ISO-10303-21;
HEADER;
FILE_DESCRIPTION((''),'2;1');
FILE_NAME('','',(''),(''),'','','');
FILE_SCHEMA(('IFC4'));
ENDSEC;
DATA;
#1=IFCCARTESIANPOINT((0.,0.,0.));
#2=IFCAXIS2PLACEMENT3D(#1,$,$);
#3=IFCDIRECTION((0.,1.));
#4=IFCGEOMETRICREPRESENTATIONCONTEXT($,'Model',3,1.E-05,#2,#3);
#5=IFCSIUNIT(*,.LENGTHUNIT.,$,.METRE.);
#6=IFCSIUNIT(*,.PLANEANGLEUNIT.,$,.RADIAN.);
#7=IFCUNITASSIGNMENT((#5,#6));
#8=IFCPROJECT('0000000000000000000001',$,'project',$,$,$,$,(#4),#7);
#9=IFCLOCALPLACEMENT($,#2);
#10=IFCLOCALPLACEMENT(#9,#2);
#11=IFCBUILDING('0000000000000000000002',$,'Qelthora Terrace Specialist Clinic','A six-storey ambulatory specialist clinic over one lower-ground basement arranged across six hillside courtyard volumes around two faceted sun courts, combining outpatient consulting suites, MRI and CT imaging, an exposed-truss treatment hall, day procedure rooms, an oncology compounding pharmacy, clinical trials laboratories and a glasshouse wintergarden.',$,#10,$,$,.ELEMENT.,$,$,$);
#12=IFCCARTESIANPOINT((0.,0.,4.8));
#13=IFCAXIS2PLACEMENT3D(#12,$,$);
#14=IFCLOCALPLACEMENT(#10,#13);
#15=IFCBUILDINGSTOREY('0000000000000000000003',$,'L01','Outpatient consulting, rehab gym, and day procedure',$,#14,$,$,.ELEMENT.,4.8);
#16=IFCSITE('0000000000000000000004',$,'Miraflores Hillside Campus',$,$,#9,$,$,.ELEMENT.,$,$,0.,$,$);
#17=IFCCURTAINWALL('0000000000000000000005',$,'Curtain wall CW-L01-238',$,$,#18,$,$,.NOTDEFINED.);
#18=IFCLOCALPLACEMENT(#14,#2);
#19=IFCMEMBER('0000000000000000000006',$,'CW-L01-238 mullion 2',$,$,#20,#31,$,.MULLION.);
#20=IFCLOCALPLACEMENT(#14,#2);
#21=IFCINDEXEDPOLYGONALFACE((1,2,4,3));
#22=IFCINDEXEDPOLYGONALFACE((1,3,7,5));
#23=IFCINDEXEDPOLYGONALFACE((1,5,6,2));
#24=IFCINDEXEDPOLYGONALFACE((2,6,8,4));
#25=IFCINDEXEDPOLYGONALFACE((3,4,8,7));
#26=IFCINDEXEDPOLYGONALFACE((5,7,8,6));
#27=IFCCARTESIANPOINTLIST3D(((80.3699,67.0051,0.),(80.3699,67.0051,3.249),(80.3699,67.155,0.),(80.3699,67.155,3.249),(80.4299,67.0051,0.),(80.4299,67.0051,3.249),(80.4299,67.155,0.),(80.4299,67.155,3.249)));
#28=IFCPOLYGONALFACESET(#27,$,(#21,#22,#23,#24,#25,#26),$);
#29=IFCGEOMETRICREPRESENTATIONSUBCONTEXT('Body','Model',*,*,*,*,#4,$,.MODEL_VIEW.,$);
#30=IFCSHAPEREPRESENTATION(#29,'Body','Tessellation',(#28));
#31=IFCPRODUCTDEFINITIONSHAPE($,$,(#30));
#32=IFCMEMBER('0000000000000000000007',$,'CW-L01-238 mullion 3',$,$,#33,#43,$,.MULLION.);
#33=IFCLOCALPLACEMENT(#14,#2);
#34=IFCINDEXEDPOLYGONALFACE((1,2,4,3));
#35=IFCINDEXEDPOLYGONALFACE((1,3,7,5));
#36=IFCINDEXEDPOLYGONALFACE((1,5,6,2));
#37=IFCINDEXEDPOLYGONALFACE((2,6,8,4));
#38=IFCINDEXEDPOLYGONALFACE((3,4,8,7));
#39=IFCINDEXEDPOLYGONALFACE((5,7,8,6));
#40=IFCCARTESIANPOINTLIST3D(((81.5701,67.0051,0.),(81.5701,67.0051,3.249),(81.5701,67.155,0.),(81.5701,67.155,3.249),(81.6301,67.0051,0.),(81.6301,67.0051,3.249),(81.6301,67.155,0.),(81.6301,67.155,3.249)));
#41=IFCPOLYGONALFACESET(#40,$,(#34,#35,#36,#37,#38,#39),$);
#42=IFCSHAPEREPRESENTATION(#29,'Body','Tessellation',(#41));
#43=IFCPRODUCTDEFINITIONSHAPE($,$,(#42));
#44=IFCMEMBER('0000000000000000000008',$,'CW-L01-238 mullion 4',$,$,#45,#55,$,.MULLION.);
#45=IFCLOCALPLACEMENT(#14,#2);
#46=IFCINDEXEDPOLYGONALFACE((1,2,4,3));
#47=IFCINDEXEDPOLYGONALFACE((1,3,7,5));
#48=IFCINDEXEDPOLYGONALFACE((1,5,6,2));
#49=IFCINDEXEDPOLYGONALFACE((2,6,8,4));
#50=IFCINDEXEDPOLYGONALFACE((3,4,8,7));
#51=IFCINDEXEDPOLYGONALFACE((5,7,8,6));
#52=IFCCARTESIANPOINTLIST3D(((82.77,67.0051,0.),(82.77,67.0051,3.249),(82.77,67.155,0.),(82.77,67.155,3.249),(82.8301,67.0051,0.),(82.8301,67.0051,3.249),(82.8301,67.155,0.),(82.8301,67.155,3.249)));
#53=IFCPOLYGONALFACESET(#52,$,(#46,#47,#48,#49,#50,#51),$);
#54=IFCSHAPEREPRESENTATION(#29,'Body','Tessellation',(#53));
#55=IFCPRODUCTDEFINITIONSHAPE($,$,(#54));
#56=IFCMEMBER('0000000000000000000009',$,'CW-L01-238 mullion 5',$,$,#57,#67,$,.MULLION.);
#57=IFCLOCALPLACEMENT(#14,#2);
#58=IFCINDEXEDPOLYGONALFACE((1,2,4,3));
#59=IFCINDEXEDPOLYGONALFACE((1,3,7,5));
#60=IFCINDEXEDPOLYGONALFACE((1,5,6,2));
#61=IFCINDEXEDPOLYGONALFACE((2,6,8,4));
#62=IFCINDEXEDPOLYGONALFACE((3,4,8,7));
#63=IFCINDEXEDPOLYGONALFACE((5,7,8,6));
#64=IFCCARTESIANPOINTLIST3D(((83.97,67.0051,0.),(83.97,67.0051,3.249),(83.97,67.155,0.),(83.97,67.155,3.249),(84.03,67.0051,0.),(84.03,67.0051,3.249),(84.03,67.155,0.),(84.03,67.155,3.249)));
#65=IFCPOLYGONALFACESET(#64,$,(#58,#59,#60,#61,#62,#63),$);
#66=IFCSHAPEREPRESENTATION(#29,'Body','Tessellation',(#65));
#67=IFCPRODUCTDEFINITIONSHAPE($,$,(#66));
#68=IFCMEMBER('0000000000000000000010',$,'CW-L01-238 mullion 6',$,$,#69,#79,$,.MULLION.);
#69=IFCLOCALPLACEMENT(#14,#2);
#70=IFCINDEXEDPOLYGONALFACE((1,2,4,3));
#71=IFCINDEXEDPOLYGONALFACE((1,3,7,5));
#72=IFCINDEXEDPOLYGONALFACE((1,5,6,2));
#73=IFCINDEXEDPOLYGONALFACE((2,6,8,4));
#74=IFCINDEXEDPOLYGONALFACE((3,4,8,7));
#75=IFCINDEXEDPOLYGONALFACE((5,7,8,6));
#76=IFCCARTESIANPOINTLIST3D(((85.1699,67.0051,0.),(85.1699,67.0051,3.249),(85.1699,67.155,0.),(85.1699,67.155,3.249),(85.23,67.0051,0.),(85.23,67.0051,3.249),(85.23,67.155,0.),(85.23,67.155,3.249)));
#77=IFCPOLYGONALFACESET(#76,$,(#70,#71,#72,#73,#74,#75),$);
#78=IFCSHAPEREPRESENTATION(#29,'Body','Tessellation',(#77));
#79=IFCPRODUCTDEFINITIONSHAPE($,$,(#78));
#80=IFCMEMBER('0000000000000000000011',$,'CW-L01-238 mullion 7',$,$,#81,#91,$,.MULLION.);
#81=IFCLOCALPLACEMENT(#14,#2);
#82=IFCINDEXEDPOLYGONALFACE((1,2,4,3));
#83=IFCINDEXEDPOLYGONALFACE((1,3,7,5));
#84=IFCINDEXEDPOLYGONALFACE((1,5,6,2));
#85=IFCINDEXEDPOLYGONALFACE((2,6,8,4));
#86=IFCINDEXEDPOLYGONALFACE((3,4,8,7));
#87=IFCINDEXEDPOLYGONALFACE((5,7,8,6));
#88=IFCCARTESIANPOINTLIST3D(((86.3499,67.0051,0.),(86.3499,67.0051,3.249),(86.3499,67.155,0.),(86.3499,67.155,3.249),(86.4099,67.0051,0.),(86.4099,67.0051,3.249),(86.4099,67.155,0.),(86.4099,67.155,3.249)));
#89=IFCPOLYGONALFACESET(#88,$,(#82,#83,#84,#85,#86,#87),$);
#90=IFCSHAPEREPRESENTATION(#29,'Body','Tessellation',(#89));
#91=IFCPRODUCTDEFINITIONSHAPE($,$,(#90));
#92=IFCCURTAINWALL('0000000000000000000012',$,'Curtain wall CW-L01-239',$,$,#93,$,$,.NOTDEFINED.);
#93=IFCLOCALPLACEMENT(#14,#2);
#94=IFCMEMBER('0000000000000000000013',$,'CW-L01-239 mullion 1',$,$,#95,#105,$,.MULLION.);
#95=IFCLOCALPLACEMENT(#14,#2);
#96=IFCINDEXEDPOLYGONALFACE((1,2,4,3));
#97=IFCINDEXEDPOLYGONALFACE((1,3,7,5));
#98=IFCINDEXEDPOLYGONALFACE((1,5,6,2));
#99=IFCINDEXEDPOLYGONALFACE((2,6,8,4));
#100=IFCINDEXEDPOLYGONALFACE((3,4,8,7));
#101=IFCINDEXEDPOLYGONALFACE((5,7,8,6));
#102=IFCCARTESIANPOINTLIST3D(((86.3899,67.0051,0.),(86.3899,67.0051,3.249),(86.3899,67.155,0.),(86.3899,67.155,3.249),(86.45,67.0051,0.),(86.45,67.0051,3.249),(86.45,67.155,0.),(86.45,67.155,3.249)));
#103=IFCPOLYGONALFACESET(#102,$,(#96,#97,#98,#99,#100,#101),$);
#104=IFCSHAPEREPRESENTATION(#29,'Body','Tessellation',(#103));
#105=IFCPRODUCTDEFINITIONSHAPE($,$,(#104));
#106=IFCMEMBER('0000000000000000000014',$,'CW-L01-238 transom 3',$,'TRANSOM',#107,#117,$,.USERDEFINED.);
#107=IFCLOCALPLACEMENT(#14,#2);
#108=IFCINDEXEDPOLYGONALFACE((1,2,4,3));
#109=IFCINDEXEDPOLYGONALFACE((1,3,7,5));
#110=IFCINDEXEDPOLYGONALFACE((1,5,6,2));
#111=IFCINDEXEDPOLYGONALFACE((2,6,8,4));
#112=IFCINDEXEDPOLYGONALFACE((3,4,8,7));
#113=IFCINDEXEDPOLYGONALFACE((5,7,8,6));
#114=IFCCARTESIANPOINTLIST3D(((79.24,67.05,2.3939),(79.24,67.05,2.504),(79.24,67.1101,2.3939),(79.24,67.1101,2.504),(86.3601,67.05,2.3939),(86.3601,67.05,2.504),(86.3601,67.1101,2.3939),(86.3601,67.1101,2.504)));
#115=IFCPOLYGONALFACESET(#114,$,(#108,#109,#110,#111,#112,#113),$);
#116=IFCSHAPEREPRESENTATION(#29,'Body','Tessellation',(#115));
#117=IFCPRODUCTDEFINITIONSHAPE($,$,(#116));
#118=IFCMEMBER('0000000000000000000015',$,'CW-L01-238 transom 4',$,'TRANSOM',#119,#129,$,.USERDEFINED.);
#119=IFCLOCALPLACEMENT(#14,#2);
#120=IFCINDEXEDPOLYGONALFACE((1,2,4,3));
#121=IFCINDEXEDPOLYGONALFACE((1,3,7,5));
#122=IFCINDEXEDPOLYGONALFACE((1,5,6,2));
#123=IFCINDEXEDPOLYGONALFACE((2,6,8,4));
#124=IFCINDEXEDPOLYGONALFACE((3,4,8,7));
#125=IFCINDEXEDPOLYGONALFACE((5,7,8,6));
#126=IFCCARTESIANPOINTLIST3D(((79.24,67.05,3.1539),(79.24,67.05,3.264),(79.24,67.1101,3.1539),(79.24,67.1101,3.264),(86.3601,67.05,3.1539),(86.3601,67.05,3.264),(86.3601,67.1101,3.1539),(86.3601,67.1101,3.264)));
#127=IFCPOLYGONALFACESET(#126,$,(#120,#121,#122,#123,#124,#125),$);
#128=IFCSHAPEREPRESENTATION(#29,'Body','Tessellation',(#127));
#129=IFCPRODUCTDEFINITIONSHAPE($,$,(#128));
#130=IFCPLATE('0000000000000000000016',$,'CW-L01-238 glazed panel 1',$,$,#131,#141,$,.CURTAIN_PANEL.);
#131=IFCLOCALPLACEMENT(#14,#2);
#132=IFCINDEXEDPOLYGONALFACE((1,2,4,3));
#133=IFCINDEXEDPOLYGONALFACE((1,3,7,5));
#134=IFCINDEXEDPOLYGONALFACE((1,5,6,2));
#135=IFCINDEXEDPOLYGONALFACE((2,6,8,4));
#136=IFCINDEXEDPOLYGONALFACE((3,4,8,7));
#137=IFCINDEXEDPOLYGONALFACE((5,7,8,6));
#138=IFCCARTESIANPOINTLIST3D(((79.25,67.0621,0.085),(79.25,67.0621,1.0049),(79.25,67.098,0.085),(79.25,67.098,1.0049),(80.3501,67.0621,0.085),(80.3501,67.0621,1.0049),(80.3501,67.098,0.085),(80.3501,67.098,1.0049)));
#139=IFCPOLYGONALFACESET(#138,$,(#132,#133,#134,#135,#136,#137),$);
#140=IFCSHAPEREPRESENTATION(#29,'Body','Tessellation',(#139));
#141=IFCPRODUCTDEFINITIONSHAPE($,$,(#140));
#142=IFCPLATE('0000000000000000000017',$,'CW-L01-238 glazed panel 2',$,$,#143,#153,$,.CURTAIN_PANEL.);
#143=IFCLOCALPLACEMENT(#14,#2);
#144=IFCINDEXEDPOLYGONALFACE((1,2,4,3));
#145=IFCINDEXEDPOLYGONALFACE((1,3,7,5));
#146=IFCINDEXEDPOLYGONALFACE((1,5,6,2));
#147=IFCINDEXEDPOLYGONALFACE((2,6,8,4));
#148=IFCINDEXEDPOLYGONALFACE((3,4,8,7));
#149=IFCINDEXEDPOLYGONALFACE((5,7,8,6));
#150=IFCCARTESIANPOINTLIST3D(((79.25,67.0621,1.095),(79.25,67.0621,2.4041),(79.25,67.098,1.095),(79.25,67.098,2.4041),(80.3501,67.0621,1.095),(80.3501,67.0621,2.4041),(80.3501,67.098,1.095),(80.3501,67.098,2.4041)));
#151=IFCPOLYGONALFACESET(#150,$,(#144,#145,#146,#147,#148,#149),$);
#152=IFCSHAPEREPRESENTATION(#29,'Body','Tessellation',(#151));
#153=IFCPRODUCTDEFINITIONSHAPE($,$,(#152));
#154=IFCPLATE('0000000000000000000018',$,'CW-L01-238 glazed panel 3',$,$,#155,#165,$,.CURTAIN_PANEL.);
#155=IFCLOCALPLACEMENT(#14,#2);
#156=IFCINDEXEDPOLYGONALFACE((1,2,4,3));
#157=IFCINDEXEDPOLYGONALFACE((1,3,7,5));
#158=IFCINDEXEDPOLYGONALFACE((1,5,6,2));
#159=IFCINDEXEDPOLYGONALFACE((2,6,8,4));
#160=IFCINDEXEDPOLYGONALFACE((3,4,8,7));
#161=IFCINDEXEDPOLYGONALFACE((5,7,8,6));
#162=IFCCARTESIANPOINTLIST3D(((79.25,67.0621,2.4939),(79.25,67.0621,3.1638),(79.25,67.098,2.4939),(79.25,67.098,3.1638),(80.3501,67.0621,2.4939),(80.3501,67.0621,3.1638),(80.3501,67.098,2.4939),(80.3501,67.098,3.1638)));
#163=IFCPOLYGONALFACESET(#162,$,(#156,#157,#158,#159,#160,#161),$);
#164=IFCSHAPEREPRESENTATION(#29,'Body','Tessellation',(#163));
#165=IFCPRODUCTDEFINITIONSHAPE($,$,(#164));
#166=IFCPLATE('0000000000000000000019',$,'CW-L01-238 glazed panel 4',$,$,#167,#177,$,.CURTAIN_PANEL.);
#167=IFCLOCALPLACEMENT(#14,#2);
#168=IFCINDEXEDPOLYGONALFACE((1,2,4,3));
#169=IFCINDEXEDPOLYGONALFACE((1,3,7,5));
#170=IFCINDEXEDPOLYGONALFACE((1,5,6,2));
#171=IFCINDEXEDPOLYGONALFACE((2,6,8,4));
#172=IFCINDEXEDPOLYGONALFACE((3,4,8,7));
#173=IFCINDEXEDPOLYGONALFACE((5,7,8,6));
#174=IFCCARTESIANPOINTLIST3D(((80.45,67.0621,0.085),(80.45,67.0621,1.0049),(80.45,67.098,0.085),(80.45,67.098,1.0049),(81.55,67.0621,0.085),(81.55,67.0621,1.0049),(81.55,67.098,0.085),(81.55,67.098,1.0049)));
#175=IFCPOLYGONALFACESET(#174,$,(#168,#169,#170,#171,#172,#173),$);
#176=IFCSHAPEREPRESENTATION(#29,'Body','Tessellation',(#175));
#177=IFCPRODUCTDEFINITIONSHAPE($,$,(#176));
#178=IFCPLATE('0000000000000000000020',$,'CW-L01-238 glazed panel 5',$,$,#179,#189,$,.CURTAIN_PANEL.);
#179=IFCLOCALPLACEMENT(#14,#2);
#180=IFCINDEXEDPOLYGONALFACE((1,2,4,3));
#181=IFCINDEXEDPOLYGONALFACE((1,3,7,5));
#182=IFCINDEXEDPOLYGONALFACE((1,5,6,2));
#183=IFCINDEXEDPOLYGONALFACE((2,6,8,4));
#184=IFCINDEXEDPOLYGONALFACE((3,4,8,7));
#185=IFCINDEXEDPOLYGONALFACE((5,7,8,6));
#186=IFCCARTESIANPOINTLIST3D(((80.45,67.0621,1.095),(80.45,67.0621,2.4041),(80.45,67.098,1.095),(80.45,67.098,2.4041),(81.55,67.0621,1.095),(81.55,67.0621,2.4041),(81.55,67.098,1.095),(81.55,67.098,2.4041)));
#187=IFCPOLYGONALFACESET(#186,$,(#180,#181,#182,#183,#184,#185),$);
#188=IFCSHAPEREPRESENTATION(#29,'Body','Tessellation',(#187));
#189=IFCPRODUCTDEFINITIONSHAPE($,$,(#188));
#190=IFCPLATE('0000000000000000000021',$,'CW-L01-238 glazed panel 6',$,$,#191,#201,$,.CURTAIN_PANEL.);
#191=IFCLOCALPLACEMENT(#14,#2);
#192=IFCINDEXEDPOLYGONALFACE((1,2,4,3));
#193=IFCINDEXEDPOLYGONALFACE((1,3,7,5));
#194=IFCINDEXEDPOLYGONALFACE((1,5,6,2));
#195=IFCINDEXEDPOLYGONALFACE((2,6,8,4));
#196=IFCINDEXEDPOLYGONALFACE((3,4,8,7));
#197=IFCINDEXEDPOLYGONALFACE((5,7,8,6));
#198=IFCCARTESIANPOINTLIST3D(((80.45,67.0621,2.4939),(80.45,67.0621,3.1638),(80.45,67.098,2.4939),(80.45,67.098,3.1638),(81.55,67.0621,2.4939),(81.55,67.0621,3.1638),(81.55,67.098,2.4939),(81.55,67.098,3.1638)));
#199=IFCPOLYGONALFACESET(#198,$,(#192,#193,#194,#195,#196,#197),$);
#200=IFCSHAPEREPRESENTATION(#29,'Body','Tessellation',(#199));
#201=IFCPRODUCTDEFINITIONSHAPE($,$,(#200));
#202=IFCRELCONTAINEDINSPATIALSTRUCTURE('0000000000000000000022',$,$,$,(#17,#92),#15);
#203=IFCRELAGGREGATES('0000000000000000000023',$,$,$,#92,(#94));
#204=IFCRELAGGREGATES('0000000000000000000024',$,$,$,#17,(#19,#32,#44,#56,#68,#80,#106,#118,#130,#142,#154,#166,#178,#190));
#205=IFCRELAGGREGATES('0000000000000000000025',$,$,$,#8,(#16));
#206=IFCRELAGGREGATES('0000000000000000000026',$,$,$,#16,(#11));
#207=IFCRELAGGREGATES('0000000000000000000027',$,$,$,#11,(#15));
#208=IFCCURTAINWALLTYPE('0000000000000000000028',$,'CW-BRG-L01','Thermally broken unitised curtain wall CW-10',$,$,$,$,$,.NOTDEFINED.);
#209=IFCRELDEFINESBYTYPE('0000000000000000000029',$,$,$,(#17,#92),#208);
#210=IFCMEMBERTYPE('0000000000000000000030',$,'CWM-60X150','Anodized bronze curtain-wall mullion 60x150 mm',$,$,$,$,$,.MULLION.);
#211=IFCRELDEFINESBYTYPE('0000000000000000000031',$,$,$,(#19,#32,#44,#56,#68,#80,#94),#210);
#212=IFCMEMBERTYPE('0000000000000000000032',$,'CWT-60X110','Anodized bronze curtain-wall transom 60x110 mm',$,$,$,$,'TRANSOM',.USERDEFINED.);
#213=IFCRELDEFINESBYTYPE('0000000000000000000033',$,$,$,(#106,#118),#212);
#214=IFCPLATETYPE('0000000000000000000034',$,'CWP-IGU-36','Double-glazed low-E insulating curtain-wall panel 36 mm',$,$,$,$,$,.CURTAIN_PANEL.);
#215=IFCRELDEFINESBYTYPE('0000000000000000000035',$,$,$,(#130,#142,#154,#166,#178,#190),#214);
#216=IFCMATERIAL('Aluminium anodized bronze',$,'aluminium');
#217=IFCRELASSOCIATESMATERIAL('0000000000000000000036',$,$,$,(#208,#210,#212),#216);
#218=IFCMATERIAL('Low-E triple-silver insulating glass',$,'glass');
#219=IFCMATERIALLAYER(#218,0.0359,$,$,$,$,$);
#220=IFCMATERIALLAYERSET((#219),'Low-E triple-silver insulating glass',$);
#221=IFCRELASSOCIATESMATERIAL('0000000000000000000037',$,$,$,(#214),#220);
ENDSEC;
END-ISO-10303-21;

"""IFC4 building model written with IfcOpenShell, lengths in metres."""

from ifc_helpers import new_model, si_unit, direction, frame, origin, origin_2d, place, context, subcontext, project, spatial, rectangle, extrude, material, layer, layer_set, material_profile, profile_set, type_object, element, aggregate, save


model = new_model("IFC4")

# Units and contexts
model_context = context("Model", 3, precision=1e-05, world=origin(), true_north=direction((0.0, 1.0)))
body_context = subcontext(model_context, "Body", "Model", "MODEL_VIEW")
ifc_project = project(units=[si_unit("LENGTHUNIT", "METRE"), si_unit("PLANEANGLEUNIT", "RADIAN")], contexts=[model_context])

# Site, building, storey
site_placement = place(None, origin())
site = spatial("IfcSite", under=ifc_project, at=site_placement, Name="Miraflores Hillside Campus", CompositionType="ELEMENT", RefElevation=0.0)
building_placement = place(site_placement, origin())
building = spatial("IfcBuilding", under=site, at=building_placement, Name="Qelthora Terrace Specialist Clinic", Description="A six-storey ambulatory specialist clinic over one lower-ground basement arranged across six hillside courtyard volumes around two faceted sun courts, combining outpatient consulting suites, MRI and CT imaging, an exposed-truss treatment hall, day procedure rooms, an oncology compounding pharmacy, clinical trials laboratories and a glasshouse wintergarden.", CompositionType="ELEMENT")
storey_placement = place(building_placement, frame((0.0, 0.0, 4.8)))
storey = spatial("IfcBuildingStorey", under=building, at=storey_placement, Name="L01", Description="Outpatient consulting, rehab gym, and day procedure", CompositionType="ELEMENT", Elevation=4.8)

# Curtain wall, members
ifc_material_1 = material(Name="Aluminium anodized bronze", Category="aluminium")
curtain_wall_type = type_object("IfcCurtainWallType", Name="CW-BRG-L01", Description="Thermally broken unitised curtain wall CW-10", PredefinedType="NOTDEFINED", material=ifc_material_1)
curtain_wall_1_placement = place(storey_placement, origin())
curtain_wall_1 = element("IfcCurtainWall", 1, at=curtain_wall_1_placement, inside=storey, type_object=curtain_wall_type, Name="Curtain wall CW-L01-238", PredefinedType="NOTDEFINED")
ifc_material_profile_1 = material_profile(ifc_material_1, rectangle(XDim=0.0601, YDim=0.1499, at=origin_2d()), Name="CWM60X150")
ifc_profile_set_1 = profile_set([ifc_material_profile_1], Name="Aluminium anodized bronze")
member_type_1 = type_object("IfcMemberType", Name="CWM-60X150", Description="Anodized bronze curtain-wall mullion 60x150 mm", PredefinedType="MULLION", material=ifc_profile_set_1)
member_1_placement = place(storey_placement, frame((80.3999, 67.0801, 0.0), z_axis=(0.0, 0.0, 1.0), x_axis=(1.0, 0.0, 0.0)))
member_1 = element("IfcMember", 2, at=member_1_placement, type_object=member_type_1, Name="CW-L01-238 mullion 2", PredefinedType="MULLION", context=body_context, shape_type="SweptSolid", body=[
    extrude(rectangle(XDim=0.0601, YDim=0.1499, at=origin_2d()), origin(), (0.0, 0.0, 1.0), 3.249),
])
member_2_placement = place(storey_placement, frame((81.6001, 67.0801, 0.0), z_axis=(0.0, 0.0, 1.0), x_axis=(1.0, 0.0, 0.0)))
member_2 = element("IfcMember", 3, at=member_2_placement, type_object=member_type_1, Name="CW-L01-238 mullion 3", PredefinedType="MULLION", context=body_context, shape_type="SweptSolid", body=[
    extrude(rectangle(XDim=0.0601, YDim=0.1499, at=origin_2d()), origin(), (0.0, 0.0, 1.0), 3.249),
])
member_3_placement = place(storey_placement, frame((82.8, 67.0801, 0.0), z_axis=(0.0, 0.0, 1.0), x_axis=(1.0, 0.0, 0.0)))
member_3 = element("IfcMember", 4, at=member_3_placement, type_object=member_type_1, Name="CW-L01-238 mullion 4", PredefinedType="MULLION", context=body_context, shape_type="SweptSolid", body=[
    extrude(rectangle(XDim=0.0601, YDim=0.1499, at=origin_2d()), origin(), (0.0, 0.0, 1.0), 3.249),
])
member_4_placement = place(storey_placement, frame((84.0, 67.0801, 0.0), z_axis=(0.0, 0.0, 1.0), x_axis=(1.0, 0.0, 0.0)))
member_4 = element("IfcMember", 5, at=member_4_placement, type_object=member_type_1, Name="CW-L01-238 mullion 5", PredefinedType="MULLION", context=body_context, shape_type="SweptSolid", body=[
    extrude(rectangle(XDim=0.0601, YDim=0.1499, at=origin_2d()), origin(), (0.0, 0.0, 1.0), 3.249),
])
member_5_placement = place(storey_placement, frame((85.2, 67.0801, 0.0), z_axis=(0.0, 0.0, 1.0), x_axis=(1.0, 0.0, 0.0)))
member_5 = element("IfcMember", 6, at=member_5_placement, type_object=member_type_1, Name="CW-L01-238 mullion 6", PredefinedType="MULLION", context=body_context, shape_type="SweptSolid", body=[
    extrude(rectangle(XDim=0.0601, YDim=0.1499, at=origin_2d()), origin(), (0.0, 0.0, 1.0), 3.249),
])
member_6_placement = place(storey_placement, frame((86.3799, 67.0801, 0.0), z_axis=(0.0, 0.0, 1.0), x_axis=(1.0, 0.0, 0.0)))
member_6 = element("IfcMember", 7, at=member_6_placement, type_object=member_type_1, Name="CW-L01-238 mullion 7", PredefinedType="MULLION", context=body_context, shape_type="SweptSolid", body=[
    extrude(rectangle(XDim=0.0601, YDim=0.1499, at=origin_2d()), origin(), (0.0, 0.0, 1.0), 3.249),
])

# Curtain wall, member
curtain_wall_2_placement = place(storey_placement, origin())
curtain_wall_2 = element("IfcCurtainWall", 8, at=curtain_wall_2_placement, inside=storey, type_object=curtain_wall_type, Name="Curtain wall CW-L01-239", PredefinedType="NOTDEFINED")
member_7_placement = place(storey_placement, frame((86.4199, 67.0801, 0.0), z_axis=(0.0, 0.0, 1.0), x_axis=(1.0, 0.0, 0.0)))
member_7 = element("IfcMember", 9, at=member_7_placement, type_object=member_type_1, Name="CW-L01-239 mullion 1", PredefinedType="MULLION", context=body_context, shape_type="SweptSolid", body=[
    extrude(rectangle(XDim=0.0601, YDim=0.1499, at=origin_2d()), origin(), (0.0, 0.0, 1.0), 3.249),
])
aggregate(curtain_wall_2, [member_7])

# Members
ifc_material_profile_2 = material_profile(ifc_material_1, rectangle(XDim=0.0601, YDim=0.1101, at=origin_2d()), Name="CWT60X110")
ifc_profile_set_2 = profile_set([ifc_material_profile_2], Name="Aluminium anodized bronze")
member_type_2 = type_object("IfcMemberType", Name="CWT-60X110", Description="Anodized bronze curtain-wall transom 60x110 mm", ElementType="TRANSOM", PredefinedType="USERDEFINED", material=ifc_profile_set_2)
member_8_placement = place(storey_placement, frame((79.24, 67.0801, 2.449), z_axis=(1.0, 0.0, 0.0), x_axis=(0.0, 1.0, 0.0)))
member_8 = element("IfcMember", 10, at=member_8_placement, type_object=member_type_2, Name="CW-L01-238 transom 3", ObjectType="TRANSOM", PredefinedType="USERDEFINED", context=body_context, shape_type="SweptSolid", body=[
    extrude(rectangle(XDim=0.0601, YDim=0.1101, at=origin_2d()), origin(), (0.0, 0.0, 1.0), 7.1201),
])
member_9_placement = place(storey_placement, frame((79.24, 67.0801, 3.209), z_axis=(1.0, 0.0, 0.0), x_axis=(0.0, 1.0, 0.0)))
member_9 = element("IfcMember", 11, at=member_9_placement, type_object=member_type_2, Name="CW-L01-238 transom 4", ObjectType="TRANSOM", PredefinedType="USERDEFINED", context=body_context, shape_type="SweptSolid", body=[
    extrude(rectangle(XDim=0.0601, YDim=0.1101, at=origin_2d()), origin(), (0.0, 0.0, 1.0), 7.1201),
])

# Plates
ifc_material_2 = material(Name="Low-E triple-silver insulating glass", Category="glass")
ifc_layer = layer(ifc_material_2, 0.0359)
ifc_layer_set = layer_set([ifc_layer], Name="Low-E triple-silver insulating glass")
plate_type = type_object("IfcPlateType", Name="CWP-IGU-36", Description="Double-glazed low-E insulating curtain-wall panel 36 mm", PredefinedType="CURTAIN_PANEL", material=ifc_layer_set)
plate_1_placement = place(storey_placement, frame((79.8, 67.0801, 0.085), z_axis=(0.0, 0.0, 1.0), x_axis=(1.0, 0.0, 0.0)))
plate_1 = element("IfcPlate", 12, at=plate_1_placement, type_object=plate_type, Name="CW-L01-238 glazed panel 1", PredefinedType="CURTAIN_PANEL", context=body_context, shape_type="SweptSolid", body=[
    extrude(rectangle(XDim=1.1001, YDim=0.0359, at=origin_2d()), origin(), (0.0, 0.0, 1.0), 0.9199),
])
plate_2_placement = place(storey_placement, frame((79.8, 67.0801, 1.095), z_axis=(0.0, 0.0, 1.0), x_axis=(1.0, 0.0, 0.0)))
plate_2 = element("IfcPlate", 13, at=plate_2_placement, type_object=plate_type, Name="CW-L01-238 glazed panel 2", PredefinedType="CURTAIN_PANEL", context=body_context, shape_type="SweptSolid", body=[
    extrude(rectangle(XDim=1.1001, YDim=0.0359, at=origin_2d()), origin(), (0.0, 0.0, 1.0), 1.3091),
])
plate_3_placement = place(storey_placement, frame((79.8, 67.0801, 2.4939), z_axis=(0.0, 0.0, 1.0), x_axis=(1.0, 0.0, 0.0)))
plate_3 = element("IfcPlate", 14, at=plate_3_placement, type_object=plate_type, Name="CW-L01-238 glazed panel 3", PredefinedType="CURTAIN_PANEL", context=body_context, shape_type="SweptSolid", body=[
    extrude(rectangle(XDim=1.1001, YDim=0.0359, at=origin_2d()), origin(), (0.0, 0.0, 1.0), 0.6699),
])
plate_4_placement = place(storey_placement, frame((81.0, 67.0801, 0.085), z_axis=(0.0, 0.0, 1.0), x_axis=(1.0, 0.0, 0.0)))
plate_4 = element("IfcPlate", 15, at=plate_4_placement, type_object=plate_type, Name="CW-L01-238 glazed panel 4", PredefinedType="CURTAIN_PANEL", context=body_context, shape_type="SweptSolid", body=[
    extrude(rectangle(XDim=1.1001, YDim=0.0359, at=origin_2d()), origin(), (0.0, 0.0, 1.0), 0.9199),
])
plate_5_placement = place(storey_placement, frame((81.0, 67.0801, 1.095), z_axis=(0.0, 0.0, 1.0), x_axis=(1.0, 0.0, 0.0)))
plate_5 = element("IfcPlate", 16, at=plate_5_placement, type_object=plate_type, Name="CW-L01-238 glazed panel 5", PredefinedType="CURTAIN_PANEL", context=body_context, shape_type="SweptSolid", body=[
    extrude(rectangle(XDim=1.1001, YDim=0.0359, at=origin_2d()), origin(), (0.0, 0.0, 1.0), 1.3091),
])
plate_6_placement = place(storey_placement, frame((81.0, 67.0801, 2.4939), z_axis=(0.0, 0.0, 1.0), x_axis=(1.0, 0.0, 0.0)))
plate_6 = element("IfcPlate", 17, at=plate_6_placement, type_object=plate_type, Name="CW-L01-238 glazed panel 6", PredefinedType="CURTAIN_PANEL", context=body_context, shape_type="SweptSolid", body=[
    extrude(rectangle(XDim=1.1001, YDim=0.0359, at=origin_2d()), origin(), (0.0, 0.0, 1.0), 0.6699),
])
aggregate(curtain_wall_1, [member_1, member_2, member_3, member_4, member_5, member_6, member_8, member_9, plate_1, plate_2, plate_3, plate_4, plate_5, plate_6])

save(model, "model.ifc")
